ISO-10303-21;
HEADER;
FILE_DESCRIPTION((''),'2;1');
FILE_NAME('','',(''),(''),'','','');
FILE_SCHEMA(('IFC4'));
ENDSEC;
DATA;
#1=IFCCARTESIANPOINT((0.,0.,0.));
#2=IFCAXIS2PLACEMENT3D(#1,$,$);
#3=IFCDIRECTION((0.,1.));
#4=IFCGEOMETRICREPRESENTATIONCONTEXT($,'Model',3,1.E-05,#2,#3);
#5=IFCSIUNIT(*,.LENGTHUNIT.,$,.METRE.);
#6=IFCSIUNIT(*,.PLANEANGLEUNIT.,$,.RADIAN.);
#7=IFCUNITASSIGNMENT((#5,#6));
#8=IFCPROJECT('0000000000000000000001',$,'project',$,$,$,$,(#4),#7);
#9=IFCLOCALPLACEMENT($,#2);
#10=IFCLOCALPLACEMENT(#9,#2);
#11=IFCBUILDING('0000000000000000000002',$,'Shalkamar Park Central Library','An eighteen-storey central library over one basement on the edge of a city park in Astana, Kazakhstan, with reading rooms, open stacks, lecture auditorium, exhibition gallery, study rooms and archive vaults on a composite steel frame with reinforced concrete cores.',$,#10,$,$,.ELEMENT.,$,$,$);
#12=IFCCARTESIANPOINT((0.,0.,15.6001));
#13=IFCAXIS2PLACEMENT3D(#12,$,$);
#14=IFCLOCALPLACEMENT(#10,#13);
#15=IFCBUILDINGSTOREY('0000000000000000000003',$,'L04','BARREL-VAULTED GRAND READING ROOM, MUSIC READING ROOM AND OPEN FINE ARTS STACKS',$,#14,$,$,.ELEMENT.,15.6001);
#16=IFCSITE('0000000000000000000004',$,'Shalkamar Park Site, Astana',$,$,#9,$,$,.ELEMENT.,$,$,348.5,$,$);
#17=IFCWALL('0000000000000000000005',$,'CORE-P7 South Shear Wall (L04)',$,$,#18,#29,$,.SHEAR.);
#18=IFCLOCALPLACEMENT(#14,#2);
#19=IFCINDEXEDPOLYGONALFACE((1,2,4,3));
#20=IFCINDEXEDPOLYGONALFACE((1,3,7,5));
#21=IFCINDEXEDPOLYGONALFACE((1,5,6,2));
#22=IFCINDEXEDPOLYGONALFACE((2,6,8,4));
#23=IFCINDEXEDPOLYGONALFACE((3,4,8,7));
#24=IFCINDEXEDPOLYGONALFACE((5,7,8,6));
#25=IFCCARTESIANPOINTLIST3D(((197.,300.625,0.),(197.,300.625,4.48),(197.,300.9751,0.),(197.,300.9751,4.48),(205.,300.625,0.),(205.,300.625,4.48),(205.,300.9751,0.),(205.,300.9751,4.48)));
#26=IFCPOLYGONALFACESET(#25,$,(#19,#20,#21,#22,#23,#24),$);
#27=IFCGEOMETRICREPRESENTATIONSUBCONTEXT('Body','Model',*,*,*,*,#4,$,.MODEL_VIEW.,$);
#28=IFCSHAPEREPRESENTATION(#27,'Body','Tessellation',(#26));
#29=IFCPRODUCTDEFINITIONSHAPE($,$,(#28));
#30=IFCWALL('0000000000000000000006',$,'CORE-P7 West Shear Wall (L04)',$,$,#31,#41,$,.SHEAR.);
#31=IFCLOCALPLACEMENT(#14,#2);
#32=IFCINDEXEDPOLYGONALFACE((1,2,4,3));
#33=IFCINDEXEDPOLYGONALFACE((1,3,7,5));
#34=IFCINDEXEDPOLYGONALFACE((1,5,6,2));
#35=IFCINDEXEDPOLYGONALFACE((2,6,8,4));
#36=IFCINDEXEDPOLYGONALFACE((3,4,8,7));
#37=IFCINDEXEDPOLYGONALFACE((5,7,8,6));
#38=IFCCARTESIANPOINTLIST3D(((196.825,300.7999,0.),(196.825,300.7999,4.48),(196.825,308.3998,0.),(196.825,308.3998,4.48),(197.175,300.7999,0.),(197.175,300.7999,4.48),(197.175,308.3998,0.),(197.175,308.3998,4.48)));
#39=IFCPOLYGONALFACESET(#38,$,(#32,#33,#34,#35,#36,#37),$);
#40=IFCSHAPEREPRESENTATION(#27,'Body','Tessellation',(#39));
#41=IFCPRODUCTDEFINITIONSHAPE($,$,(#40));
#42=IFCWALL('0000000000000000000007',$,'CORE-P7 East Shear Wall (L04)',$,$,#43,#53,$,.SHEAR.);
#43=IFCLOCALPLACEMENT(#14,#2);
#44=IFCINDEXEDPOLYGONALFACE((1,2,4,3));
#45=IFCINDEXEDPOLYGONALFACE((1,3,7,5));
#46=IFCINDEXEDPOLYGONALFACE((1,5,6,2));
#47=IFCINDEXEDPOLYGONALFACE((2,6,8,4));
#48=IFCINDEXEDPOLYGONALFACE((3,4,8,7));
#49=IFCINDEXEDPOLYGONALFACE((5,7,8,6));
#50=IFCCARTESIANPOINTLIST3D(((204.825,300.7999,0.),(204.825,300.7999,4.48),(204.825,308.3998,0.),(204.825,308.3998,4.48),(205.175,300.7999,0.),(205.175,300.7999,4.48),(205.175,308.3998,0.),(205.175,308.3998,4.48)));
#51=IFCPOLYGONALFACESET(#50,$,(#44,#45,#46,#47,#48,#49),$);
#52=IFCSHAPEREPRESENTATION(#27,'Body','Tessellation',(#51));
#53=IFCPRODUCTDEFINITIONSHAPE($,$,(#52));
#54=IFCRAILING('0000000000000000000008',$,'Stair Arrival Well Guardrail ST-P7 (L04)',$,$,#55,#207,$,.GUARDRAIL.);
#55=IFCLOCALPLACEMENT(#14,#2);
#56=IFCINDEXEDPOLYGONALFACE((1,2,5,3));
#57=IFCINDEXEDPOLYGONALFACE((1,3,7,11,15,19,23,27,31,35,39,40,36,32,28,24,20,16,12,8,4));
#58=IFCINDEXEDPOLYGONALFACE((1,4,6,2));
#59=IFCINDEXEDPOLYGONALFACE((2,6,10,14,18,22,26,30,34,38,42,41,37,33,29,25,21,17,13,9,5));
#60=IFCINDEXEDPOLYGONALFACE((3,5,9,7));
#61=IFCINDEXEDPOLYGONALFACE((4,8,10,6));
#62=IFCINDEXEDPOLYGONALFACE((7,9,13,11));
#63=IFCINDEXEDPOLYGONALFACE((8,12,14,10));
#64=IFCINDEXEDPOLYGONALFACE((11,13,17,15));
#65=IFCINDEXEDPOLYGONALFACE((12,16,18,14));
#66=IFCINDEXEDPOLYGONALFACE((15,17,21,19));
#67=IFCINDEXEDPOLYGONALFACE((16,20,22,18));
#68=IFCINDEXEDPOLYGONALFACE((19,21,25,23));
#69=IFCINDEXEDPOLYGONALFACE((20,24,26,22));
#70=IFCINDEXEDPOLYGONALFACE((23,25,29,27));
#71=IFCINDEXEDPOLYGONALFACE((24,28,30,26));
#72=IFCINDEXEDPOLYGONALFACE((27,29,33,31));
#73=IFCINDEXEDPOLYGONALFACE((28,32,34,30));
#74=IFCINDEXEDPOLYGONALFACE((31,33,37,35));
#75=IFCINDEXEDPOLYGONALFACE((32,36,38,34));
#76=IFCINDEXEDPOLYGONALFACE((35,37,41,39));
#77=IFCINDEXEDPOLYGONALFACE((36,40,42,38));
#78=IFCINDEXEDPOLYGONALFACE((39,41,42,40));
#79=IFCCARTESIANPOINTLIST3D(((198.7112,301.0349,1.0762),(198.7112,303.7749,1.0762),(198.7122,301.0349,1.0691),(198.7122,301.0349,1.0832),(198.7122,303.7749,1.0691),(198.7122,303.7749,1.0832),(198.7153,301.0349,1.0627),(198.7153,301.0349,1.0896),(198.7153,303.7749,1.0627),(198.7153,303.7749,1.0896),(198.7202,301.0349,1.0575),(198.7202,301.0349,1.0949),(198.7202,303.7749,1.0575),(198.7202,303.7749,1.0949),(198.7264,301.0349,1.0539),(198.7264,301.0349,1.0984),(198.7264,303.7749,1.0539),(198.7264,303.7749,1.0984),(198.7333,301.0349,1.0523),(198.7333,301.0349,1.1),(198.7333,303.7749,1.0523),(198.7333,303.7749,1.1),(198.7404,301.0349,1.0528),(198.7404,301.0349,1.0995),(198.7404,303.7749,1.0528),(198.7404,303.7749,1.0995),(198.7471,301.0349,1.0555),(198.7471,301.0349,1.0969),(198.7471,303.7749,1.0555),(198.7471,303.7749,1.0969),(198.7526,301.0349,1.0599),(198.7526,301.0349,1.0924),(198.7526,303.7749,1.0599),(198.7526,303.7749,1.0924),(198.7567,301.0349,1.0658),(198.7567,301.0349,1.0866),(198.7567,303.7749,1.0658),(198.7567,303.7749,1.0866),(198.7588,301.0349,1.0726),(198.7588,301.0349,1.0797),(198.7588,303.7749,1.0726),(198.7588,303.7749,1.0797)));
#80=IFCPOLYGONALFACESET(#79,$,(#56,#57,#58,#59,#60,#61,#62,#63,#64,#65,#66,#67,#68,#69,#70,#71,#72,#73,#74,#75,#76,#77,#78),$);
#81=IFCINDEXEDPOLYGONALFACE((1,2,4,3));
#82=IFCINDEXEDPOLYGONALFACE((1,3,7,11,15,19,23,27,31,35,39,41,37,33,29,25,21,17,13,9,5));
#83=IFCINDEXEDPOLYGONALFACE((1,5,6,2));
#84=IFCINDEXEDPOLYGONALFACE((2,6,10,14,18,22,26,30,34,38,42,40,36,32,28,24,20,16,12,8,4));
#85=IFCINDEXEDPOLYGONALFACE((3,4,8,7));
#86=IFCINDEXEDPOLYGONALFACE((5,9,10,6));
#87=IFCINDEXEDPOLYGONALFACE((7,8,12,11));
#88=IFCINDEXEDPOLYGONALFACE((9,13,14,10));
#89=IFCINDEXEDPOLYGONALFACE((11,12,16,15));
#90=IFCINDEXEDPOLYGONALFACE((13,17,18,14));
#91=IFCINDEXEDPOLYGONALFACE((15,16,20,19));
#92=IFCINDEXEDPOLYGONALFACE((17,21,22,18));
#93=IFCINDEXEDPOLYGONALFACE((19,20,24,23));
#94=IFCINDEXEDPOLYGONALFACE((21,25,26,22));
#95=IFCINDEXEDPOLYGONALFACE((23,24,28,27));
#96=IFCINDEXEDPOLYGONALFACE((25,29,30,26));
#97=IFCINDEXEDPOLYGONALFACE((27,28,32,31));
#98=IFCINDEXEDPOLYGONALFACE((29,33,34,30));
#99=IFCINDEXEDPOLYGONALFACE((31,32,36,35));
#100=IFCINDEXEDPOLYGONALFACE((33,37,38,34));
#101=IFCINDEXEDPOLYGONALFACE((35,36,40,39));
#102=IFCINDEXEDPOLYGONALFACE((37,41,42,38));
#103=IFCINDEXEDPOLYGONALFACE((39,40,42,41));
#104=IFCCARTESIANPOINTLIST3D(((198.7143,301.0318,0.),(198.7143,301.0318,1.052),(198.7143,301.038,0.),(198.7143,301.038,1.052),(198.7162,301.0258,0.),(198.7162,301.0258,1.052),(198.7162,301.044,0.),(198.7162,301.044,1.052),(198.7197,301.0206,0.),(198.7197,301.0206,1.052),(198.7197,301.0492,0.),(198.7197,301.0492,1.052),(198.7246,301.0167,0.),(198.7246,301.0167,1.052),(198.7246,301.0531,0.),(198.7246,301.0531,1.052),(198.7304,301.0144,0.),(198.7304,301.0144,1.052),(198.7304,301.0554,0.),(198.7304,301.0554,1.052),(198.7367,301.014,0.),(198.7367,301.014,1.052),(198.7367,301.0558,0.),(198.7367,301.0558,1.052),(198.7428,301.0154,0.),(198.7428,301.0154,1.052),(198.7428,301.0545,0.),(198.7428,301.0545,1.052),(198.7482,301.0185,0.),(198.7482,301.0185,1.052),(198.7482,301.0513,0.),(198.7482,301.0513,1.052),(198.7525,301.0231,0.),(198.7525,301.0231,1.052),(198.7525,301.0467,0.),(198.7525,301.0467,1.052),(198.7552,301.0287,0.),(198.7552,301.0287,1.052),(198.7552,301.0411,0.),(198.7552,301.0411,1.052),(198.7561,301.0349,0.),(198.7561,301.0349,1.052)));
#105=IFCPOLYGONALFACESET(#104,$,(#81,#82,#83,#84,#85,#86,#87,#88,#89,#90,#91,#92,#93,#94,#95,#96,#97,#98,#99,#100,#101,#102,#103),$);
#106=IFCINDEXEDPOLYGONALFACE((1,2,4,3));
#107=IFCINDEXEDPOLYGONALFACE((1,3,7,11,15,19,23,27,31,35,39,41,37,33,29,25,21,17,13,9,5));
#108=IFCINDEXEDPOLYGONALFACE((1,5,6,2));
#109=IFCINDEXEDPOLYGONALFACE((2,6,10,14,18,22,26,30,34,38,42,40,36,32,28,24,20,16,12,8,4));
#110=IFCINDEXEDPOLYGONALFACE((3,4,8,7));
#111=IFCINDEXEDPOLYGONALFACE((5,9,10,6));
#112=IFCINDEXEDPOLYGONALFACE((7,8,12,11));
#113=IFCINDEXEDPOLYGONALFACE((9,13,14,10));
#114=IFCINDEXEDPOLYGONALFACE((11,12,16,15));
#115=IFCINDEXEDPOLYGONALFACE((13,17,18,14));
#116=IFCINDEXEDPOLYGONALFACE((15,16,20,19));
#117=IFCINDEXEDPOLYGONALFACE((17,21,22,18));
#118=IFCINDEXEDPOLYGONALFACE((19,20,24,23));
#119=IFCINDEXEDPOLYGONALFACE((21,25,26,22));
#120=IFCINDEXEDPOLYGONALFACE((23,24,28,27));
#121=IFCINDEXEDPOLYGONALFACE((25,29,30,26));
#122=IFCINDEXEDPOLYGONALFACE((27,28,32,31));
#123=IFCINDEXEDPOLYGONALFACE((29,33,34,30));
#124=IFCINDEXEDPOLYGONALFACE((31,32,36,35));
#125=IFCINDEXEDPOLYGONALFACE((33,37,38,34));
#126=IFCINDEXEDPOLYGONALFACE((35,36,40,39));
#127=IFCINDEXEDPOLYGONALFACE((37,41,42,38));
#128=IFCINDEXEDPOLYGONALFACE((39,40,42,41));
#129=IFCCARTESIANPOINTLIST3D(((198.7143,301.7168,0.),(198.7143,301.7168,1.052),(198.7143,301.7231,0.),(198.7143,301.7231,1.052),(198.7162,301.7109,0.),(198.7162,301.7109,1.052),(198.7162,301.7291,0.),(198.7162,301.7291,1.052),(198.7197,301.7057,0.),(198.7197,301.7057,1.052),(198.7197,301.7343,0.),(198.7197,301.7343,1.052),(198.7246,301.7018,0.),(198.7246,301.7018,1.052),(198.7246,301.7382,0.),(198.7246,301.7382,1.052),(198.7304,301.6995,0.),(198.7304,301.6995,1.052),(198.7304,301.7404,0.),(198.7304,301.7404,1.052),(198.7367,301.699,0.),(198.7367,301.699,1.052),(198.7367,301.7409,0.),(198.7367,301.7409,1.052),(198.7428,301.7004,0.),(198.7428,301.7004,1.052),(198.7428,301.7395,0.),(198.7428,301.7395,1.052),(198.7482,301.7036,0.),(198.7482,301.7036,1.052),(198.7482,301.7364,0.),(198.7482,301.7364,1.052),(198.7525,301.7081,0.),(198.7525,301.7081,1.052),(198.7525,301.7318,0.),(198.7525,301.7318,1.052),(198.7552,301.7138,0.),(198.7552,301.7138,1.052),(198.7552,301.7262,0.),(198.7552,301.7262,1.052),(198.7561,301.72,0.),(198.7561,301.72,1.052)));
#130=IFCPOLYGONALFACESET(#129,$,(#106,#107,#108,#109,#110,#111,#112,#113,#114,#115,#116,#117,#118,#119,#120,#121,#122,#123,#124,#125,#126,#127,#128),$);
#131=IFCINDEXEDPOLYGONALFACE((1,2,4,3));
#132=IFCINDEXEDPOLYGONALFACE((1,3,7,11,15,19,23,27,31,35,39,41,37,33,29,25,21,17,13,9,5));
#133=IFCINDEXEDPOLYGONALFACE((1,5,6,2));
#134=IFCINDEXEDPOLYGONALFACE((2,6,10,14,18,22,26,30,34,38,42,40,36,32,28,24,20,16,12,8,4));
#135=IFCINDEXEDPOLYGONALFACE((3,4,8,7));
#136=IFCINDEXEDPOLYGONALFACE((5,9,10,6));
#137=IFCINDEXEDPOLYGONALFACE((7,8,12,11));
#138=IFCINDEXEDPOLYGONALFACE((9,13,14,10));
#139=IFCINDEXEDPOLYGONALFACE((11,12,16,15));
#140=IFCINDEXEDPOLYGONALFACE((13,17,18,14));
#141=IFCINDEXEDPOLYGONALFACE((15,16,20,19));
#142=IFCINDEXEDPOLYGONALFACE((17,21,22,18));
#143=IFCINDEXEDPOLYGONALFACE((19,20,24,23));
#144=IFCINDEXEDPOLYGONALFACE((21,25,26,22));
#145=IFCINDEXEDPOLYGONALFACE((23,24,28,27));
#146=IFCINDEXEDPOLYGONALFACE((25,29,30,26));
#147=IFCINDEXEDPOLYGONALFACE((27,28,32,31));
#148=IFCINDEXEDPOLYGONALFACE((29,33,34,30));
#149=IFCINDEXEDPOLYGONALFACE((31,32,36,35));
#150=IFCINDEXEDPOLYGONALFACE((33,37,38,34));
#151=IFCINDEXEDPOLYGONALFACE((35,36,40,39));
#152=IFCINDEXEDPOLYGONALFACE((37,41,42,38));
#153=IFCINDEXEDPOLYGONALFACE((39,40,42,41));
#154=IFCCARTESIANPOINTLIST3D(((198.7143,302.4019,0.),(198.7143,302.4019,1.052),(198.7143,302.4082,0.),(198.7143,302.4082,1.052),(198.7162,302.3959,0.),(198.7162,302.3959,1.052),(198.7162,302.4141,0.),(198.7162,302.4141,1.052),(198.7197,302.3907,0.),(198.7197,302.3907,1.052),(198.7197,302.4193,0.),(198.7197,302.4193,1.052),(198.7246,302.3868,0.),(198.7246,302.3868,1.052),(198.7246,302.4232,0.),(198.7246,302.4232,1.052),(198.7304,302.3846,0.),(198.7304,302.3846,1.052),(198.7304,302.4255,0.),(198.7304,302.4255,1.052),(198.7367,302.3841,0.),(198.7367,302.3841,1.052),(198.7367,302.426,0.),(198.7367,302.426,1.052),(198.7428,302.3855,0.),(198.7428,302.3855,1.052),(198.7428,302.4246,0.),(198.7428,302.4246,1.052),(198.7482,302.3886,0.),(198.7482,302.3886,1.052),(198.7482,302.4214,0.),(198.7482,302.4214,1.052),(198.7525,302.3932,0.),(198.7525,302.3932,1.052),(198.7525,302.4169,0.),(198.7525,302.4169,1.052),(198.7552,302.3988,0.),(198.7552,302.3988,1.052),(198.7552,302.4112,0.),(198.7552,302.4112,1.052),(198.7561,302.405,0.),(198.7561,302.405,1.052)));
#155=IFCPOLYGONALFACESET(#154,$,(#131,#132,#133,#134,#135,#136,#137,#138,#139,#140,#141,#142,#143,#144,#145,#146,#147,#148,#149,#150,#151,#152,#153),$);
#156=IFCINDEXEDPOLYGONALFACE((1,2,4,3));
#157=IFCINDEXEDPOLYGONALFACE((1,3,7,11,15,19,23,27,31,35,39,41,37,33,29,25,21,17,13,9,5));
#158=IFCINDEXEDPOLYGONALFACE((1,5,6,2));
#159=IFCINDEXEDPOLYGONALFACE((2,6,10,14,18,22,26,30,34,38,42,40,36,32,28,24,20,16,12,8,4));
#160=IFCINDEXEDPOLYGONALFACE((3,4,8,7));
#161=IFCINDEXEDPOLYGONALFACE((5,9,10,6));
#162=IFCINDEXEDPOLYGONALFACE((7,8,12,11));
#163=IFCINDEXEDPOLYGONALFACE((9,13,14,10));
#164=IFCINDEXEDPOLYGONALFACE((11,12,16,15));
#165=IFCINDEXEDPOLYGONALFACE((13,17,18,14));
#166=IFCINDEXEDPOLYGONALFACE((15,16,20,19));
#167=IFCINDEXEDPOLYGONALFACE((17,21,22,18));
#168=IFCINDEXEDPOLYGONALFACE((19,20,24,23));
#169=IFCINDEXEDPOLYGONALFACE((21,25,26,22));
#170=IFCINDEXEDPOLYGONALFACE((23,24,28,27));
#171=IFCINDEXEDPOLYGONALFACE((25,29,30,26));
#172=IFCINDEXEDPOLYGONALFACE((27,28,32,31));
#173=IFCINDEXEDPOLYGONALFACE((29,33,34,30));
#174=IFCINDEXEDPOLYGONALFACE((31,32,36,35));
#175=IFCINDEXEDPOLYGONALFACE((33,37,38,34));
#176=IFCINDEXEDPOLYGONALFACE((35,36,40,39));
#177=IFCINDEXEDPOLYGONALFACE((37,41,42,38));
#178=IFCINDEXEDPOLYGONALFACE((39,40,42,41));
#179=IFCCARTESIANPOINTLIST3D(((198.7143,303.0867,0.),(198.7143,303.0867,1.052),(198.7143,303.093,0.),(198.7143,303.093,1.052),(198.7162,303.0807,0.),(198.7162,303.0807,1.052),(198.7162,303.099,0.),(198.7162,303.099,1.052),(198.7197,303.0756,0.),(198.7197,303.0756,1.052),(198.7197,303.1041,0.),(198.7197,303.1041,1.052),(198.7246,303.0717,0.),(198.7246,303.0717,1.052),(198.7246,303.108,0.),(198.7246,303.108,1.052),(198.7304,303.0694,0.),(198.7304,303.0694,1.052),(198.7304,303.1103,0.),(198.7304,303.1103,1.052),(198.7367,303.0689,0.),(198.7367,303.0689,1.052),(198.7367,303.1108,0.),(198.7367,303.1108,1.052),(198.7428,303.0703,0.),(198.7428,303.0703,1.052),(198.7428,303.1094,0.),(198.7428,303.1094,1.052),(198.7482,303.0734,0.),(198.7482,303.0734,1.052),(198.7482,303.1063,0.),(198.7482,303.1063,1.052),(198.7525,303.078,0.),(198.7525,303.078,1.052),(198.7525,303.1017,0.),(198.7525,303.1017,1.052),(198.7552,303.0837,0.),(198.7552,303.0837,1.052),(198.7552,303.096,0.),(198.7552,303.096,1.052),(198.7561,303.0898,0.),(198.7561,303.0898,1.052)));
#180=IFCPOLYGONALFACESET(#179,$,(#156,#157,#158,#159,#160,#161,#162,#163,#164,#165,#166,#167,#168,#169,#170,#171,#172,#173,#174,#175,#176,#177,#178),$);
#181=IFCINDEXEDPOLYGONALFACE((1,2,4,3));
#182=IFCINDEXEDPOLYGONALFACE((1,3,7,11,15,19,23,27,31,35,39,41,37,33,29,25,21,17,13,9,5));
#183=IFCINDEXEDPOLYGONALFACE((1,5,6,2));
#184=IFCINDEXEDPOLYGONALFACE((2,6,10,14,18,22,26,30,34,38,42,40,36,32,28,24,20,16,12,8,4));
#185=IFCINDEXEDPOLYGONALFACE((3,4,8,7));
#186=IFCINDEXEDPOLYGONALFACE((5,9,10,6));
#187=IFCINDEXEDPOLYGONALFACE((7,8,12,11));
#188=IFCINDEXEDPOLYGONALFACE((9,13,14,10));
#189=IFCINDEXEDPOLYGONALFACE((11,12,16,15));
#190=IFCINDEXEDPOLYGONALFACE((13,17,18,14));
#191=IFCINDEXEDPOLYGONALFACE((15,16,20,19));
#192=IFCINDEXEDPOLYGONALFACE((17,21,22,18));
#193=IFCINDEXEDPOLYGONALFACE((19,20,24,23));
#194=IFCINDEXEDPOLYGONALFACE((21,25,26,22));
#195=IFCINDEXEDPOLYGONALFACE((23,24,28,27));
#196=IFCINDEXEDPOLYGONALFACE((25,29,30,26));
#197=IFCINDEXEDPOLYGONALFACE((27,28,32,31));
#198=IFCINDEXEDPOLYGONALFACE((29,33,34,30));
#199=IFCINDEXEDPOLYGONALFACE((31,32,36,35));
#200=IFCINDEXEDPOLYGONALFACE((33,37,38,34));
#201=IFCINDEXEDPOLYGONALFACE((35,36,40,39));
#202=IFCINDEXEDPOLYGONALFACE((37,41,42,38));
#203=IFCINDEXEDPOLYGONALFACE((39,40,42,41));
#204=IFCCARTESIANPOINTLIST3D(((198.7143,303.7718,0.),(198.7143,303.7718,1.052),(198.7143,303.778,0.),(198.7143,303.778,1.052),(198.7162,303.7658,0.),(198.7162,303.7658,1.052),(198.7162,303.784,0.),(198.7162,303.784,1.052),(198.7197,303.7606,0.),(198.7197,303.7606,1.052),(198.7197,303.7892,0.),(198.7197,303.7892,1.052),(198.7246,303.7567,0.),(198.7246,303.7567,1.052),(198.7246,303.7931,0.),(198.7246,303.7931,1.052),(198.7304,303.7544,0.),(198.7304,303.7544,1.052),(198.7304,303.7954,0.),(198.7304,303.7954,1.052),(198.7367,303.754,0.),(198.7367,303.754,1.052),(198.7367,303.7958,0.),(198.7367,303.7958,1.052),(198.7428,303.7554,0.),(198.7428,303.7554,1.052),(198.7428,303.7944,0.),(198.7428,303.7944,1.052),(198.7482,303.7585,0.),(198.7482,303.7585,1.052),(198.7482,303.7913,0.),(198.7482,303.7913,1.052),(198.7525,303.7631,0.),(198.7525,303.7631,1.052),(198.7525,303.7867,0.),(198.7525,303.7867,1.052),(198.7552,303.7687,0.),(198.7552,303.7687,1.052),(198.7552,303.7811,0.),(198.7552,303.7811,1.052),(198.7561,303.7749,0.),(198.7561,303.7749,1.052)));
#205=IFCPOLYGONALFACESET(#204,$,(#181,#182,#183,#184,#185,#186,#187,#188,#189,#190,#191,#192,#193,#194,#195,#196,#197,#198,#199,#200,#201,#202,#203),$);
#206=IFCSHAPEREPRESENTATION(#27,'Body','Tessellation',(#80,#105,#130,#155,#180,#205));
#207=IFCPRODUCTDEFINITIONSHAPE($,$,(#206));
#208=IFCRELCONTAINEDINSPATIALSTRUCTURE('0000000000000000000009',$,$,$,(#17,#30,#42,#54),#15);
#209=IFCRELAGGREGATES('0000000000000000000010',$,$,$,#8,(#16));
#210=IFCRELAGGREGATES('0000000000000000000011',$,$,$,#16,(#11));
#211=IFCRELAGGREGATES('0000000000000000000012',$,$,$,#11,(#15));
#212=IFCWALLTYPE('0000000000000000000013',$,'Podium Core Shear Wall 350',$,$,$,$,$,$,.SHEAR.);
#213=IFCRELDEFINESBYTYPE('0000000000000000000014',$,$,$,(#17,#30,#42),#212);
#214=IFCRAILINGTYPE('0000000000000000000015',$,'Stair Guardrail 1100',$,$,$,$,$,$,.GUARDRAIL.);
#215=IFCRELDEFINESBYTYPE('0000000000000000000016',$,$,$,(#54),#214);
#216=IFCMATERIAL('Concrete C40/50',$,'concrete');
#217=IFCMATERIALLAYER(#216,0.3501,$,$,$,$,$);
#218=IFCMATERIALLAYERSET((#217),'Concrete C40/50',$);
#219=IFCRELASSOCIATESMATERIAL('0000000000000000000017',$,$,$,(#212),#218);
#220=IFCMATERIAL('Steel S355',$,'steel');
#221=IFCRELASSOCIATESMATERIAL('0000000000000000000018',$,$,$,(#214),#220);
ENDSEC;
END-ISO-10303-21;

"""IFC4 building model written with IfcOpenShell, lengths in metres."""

from ifc_helpers import new_model, si_unit, direction, frame, frame_2d, origin, origin_2d, place, context, subcontext, project, spatial, rectangle, circle, extrude, material, layer, layer_set, type_object, element, save


model = new_model("IFC4")

# Units and contexts
model_context = context("Model", 3, precision=1e-05, world=origin(), true_north=direction((0.0, 1.0)))
body_context = subcontext(model_context, "Body", "Model", "MODEL_VIEW")
ifc_project = project(units=[si_unit("LENGTHUNIT", "METRE"), si_unit("PLANEANGLEUNIT", "RADIAN")], contexts=[model_context])

# Site, building, storey
site_placement = place(None, origin())
site = spatial("IfcSite", under=ifc_project, at=site_placement, Name="Shalkamar Park Site, Astana", CompositionType="ELEMENT", RefElevation=348.5)
building_placement = place(site_placement, origin())
building = spatial("IfcBuilding", under=site, at=building_placement, Name="Shalkamar Park Central Library", Description="An eighteen-storey central library over one basement on the edge of a city park in Astana, Kazakhstan, with reading rooms, open stacks, lecture auditorium, exhibition gallery, study rooms and archive vaults on a composite steel frame with reinforced concrete cores.", CompositionType="ELEMENT")
storey_placement = place(building_placement, frame((0.0, 0.0, 15.6001)))
storey = spatial("IfcBuildingStorey", under=building, at=storey_placement, Name="L04", Description="BARREL-VAULTED GRAND READING ROOM, MUSIC READING ROOM AND OPEN FINE ARTS STACKS", CompositionType="ELEMENT", Elevation=15.6001)

# Shared definitions
ifc_material_1 = material(Name="Concrete C40/50", Category="concrete")
ifc_material_2 = material(Name="Steel S355", Category="steel")

# Walls
ifc_layer_1 = layer(ifc_material_1, 0.3501)
ifc_layer_set_1 = layer_set([ifc_layer_1], Name="Concrete C40/50")
wall_type_1 = type_object("IfcWallType", Name="Podium Core Shear Wall 350", PredefinedType="SHEAR", material=ifc_layer_set_1)
wall_1_placement = place(storey_placement, frame((197.0, 300.8, 0.0), z_axis=(0.0, 0.0, 1.0), x_axis=(1.0, 0.0, 0.0)))
element("IfcWall", 1, at=wall_1_placement, inside=storey, type_object=wall_type_1, Name="CORE-P7 South Shear Wall (L04)", PredefinedType="SHEAR", context=body_context, shape_type="SweptSolid", body=[
    extrude(rectangle(XDim=8.0, YDim=0.3501, at=frame_2d((4.0, 0.0))), origin(), (0.0, 0.0, 1.0), 4.48),
])
for number, where, z_axis, x_axis, name in (
    (2, (197.0, 300.8, 0.0), (0.0, 0.0, 1.0), (0.0, 1.0, 0.0), "CORE-P7 West Shear Wall (L04)"),
    (3, (205.0, 300.8, 0.0), (0.0, 0.0, 1.0), (0.0, 1.0, 0.0), "CORE-P7 East Shear Wall (L04)"),
):
    element("IfcWall", number, at=place(storey_placement, frame(where, z_axis=z_axis, x_axis=x_axis)), inside=storey, type_object=wall_type_1, Name=name, PredefinedType="SHEAR", context=body_context, shape_type="SweptSolid", body=[
        extrude(rectangle(XDim=7.5999, YDim=0.3501, at=frame_2d((3.7998, 0.0))), origin(), (0.0, 0.0, 1.0), 4.48),
    ])

# Railing
railing_type = type_object("IfcRailingType", Name="Stair Guardrail 1100", PredefinedType="GUARDRAIL", material=ifc_material_2)
railing_placement = place(storey_placement, frame((198.7351, 301.0349, 0.0)))
element("IfcRailing", 4, at=railing_placement, inside=storey, type_object=railing_type, Name="Stair Arrival Well Guardrail ST-P7 (L04)", PredefinedType="GUARDRAIL", context=body_context, shape_type="SweptSolid", body=[
    extrude(circle(Radius=0.0239, at=origin_2d()), frame((0.0, 0.0, 1.0762), z_axis=(0.0, 1.0, 0.0), x_axis=(-1.0, 0.0, 0.0)), (0.0, 0.0, 1.0), 2.74),
    extrude(circle(Radius=0.021, at=origin_2d()), origin(), (0.0, 0.0, 1.0), 1.052),
    extrude(circle(Radius=0.021, at=origin_2d()), frame((0.0, 0.6851, 0.0)), (0.0, 0.0, 1.0), 1.052),
    extrude(circle(Radius=0.021, at=origin_2d()), frame((0.0, 1.3701, 0.0)), (0.0, 0.0, 1.0), 1.052),
    extrude(circle(Radius=0.021, at=origin_2d()), frame((0.0, 2.0549, 0.0)), (0.0, 0.0, 1.0), 1.052),
    extrude(circle(Radius=0.021, at=origin_2d()), frame((0.0, 2.74, 0.0)), (0.0, 0.0, 1.0), 1.052),
])

save(model, "model.ifc")
